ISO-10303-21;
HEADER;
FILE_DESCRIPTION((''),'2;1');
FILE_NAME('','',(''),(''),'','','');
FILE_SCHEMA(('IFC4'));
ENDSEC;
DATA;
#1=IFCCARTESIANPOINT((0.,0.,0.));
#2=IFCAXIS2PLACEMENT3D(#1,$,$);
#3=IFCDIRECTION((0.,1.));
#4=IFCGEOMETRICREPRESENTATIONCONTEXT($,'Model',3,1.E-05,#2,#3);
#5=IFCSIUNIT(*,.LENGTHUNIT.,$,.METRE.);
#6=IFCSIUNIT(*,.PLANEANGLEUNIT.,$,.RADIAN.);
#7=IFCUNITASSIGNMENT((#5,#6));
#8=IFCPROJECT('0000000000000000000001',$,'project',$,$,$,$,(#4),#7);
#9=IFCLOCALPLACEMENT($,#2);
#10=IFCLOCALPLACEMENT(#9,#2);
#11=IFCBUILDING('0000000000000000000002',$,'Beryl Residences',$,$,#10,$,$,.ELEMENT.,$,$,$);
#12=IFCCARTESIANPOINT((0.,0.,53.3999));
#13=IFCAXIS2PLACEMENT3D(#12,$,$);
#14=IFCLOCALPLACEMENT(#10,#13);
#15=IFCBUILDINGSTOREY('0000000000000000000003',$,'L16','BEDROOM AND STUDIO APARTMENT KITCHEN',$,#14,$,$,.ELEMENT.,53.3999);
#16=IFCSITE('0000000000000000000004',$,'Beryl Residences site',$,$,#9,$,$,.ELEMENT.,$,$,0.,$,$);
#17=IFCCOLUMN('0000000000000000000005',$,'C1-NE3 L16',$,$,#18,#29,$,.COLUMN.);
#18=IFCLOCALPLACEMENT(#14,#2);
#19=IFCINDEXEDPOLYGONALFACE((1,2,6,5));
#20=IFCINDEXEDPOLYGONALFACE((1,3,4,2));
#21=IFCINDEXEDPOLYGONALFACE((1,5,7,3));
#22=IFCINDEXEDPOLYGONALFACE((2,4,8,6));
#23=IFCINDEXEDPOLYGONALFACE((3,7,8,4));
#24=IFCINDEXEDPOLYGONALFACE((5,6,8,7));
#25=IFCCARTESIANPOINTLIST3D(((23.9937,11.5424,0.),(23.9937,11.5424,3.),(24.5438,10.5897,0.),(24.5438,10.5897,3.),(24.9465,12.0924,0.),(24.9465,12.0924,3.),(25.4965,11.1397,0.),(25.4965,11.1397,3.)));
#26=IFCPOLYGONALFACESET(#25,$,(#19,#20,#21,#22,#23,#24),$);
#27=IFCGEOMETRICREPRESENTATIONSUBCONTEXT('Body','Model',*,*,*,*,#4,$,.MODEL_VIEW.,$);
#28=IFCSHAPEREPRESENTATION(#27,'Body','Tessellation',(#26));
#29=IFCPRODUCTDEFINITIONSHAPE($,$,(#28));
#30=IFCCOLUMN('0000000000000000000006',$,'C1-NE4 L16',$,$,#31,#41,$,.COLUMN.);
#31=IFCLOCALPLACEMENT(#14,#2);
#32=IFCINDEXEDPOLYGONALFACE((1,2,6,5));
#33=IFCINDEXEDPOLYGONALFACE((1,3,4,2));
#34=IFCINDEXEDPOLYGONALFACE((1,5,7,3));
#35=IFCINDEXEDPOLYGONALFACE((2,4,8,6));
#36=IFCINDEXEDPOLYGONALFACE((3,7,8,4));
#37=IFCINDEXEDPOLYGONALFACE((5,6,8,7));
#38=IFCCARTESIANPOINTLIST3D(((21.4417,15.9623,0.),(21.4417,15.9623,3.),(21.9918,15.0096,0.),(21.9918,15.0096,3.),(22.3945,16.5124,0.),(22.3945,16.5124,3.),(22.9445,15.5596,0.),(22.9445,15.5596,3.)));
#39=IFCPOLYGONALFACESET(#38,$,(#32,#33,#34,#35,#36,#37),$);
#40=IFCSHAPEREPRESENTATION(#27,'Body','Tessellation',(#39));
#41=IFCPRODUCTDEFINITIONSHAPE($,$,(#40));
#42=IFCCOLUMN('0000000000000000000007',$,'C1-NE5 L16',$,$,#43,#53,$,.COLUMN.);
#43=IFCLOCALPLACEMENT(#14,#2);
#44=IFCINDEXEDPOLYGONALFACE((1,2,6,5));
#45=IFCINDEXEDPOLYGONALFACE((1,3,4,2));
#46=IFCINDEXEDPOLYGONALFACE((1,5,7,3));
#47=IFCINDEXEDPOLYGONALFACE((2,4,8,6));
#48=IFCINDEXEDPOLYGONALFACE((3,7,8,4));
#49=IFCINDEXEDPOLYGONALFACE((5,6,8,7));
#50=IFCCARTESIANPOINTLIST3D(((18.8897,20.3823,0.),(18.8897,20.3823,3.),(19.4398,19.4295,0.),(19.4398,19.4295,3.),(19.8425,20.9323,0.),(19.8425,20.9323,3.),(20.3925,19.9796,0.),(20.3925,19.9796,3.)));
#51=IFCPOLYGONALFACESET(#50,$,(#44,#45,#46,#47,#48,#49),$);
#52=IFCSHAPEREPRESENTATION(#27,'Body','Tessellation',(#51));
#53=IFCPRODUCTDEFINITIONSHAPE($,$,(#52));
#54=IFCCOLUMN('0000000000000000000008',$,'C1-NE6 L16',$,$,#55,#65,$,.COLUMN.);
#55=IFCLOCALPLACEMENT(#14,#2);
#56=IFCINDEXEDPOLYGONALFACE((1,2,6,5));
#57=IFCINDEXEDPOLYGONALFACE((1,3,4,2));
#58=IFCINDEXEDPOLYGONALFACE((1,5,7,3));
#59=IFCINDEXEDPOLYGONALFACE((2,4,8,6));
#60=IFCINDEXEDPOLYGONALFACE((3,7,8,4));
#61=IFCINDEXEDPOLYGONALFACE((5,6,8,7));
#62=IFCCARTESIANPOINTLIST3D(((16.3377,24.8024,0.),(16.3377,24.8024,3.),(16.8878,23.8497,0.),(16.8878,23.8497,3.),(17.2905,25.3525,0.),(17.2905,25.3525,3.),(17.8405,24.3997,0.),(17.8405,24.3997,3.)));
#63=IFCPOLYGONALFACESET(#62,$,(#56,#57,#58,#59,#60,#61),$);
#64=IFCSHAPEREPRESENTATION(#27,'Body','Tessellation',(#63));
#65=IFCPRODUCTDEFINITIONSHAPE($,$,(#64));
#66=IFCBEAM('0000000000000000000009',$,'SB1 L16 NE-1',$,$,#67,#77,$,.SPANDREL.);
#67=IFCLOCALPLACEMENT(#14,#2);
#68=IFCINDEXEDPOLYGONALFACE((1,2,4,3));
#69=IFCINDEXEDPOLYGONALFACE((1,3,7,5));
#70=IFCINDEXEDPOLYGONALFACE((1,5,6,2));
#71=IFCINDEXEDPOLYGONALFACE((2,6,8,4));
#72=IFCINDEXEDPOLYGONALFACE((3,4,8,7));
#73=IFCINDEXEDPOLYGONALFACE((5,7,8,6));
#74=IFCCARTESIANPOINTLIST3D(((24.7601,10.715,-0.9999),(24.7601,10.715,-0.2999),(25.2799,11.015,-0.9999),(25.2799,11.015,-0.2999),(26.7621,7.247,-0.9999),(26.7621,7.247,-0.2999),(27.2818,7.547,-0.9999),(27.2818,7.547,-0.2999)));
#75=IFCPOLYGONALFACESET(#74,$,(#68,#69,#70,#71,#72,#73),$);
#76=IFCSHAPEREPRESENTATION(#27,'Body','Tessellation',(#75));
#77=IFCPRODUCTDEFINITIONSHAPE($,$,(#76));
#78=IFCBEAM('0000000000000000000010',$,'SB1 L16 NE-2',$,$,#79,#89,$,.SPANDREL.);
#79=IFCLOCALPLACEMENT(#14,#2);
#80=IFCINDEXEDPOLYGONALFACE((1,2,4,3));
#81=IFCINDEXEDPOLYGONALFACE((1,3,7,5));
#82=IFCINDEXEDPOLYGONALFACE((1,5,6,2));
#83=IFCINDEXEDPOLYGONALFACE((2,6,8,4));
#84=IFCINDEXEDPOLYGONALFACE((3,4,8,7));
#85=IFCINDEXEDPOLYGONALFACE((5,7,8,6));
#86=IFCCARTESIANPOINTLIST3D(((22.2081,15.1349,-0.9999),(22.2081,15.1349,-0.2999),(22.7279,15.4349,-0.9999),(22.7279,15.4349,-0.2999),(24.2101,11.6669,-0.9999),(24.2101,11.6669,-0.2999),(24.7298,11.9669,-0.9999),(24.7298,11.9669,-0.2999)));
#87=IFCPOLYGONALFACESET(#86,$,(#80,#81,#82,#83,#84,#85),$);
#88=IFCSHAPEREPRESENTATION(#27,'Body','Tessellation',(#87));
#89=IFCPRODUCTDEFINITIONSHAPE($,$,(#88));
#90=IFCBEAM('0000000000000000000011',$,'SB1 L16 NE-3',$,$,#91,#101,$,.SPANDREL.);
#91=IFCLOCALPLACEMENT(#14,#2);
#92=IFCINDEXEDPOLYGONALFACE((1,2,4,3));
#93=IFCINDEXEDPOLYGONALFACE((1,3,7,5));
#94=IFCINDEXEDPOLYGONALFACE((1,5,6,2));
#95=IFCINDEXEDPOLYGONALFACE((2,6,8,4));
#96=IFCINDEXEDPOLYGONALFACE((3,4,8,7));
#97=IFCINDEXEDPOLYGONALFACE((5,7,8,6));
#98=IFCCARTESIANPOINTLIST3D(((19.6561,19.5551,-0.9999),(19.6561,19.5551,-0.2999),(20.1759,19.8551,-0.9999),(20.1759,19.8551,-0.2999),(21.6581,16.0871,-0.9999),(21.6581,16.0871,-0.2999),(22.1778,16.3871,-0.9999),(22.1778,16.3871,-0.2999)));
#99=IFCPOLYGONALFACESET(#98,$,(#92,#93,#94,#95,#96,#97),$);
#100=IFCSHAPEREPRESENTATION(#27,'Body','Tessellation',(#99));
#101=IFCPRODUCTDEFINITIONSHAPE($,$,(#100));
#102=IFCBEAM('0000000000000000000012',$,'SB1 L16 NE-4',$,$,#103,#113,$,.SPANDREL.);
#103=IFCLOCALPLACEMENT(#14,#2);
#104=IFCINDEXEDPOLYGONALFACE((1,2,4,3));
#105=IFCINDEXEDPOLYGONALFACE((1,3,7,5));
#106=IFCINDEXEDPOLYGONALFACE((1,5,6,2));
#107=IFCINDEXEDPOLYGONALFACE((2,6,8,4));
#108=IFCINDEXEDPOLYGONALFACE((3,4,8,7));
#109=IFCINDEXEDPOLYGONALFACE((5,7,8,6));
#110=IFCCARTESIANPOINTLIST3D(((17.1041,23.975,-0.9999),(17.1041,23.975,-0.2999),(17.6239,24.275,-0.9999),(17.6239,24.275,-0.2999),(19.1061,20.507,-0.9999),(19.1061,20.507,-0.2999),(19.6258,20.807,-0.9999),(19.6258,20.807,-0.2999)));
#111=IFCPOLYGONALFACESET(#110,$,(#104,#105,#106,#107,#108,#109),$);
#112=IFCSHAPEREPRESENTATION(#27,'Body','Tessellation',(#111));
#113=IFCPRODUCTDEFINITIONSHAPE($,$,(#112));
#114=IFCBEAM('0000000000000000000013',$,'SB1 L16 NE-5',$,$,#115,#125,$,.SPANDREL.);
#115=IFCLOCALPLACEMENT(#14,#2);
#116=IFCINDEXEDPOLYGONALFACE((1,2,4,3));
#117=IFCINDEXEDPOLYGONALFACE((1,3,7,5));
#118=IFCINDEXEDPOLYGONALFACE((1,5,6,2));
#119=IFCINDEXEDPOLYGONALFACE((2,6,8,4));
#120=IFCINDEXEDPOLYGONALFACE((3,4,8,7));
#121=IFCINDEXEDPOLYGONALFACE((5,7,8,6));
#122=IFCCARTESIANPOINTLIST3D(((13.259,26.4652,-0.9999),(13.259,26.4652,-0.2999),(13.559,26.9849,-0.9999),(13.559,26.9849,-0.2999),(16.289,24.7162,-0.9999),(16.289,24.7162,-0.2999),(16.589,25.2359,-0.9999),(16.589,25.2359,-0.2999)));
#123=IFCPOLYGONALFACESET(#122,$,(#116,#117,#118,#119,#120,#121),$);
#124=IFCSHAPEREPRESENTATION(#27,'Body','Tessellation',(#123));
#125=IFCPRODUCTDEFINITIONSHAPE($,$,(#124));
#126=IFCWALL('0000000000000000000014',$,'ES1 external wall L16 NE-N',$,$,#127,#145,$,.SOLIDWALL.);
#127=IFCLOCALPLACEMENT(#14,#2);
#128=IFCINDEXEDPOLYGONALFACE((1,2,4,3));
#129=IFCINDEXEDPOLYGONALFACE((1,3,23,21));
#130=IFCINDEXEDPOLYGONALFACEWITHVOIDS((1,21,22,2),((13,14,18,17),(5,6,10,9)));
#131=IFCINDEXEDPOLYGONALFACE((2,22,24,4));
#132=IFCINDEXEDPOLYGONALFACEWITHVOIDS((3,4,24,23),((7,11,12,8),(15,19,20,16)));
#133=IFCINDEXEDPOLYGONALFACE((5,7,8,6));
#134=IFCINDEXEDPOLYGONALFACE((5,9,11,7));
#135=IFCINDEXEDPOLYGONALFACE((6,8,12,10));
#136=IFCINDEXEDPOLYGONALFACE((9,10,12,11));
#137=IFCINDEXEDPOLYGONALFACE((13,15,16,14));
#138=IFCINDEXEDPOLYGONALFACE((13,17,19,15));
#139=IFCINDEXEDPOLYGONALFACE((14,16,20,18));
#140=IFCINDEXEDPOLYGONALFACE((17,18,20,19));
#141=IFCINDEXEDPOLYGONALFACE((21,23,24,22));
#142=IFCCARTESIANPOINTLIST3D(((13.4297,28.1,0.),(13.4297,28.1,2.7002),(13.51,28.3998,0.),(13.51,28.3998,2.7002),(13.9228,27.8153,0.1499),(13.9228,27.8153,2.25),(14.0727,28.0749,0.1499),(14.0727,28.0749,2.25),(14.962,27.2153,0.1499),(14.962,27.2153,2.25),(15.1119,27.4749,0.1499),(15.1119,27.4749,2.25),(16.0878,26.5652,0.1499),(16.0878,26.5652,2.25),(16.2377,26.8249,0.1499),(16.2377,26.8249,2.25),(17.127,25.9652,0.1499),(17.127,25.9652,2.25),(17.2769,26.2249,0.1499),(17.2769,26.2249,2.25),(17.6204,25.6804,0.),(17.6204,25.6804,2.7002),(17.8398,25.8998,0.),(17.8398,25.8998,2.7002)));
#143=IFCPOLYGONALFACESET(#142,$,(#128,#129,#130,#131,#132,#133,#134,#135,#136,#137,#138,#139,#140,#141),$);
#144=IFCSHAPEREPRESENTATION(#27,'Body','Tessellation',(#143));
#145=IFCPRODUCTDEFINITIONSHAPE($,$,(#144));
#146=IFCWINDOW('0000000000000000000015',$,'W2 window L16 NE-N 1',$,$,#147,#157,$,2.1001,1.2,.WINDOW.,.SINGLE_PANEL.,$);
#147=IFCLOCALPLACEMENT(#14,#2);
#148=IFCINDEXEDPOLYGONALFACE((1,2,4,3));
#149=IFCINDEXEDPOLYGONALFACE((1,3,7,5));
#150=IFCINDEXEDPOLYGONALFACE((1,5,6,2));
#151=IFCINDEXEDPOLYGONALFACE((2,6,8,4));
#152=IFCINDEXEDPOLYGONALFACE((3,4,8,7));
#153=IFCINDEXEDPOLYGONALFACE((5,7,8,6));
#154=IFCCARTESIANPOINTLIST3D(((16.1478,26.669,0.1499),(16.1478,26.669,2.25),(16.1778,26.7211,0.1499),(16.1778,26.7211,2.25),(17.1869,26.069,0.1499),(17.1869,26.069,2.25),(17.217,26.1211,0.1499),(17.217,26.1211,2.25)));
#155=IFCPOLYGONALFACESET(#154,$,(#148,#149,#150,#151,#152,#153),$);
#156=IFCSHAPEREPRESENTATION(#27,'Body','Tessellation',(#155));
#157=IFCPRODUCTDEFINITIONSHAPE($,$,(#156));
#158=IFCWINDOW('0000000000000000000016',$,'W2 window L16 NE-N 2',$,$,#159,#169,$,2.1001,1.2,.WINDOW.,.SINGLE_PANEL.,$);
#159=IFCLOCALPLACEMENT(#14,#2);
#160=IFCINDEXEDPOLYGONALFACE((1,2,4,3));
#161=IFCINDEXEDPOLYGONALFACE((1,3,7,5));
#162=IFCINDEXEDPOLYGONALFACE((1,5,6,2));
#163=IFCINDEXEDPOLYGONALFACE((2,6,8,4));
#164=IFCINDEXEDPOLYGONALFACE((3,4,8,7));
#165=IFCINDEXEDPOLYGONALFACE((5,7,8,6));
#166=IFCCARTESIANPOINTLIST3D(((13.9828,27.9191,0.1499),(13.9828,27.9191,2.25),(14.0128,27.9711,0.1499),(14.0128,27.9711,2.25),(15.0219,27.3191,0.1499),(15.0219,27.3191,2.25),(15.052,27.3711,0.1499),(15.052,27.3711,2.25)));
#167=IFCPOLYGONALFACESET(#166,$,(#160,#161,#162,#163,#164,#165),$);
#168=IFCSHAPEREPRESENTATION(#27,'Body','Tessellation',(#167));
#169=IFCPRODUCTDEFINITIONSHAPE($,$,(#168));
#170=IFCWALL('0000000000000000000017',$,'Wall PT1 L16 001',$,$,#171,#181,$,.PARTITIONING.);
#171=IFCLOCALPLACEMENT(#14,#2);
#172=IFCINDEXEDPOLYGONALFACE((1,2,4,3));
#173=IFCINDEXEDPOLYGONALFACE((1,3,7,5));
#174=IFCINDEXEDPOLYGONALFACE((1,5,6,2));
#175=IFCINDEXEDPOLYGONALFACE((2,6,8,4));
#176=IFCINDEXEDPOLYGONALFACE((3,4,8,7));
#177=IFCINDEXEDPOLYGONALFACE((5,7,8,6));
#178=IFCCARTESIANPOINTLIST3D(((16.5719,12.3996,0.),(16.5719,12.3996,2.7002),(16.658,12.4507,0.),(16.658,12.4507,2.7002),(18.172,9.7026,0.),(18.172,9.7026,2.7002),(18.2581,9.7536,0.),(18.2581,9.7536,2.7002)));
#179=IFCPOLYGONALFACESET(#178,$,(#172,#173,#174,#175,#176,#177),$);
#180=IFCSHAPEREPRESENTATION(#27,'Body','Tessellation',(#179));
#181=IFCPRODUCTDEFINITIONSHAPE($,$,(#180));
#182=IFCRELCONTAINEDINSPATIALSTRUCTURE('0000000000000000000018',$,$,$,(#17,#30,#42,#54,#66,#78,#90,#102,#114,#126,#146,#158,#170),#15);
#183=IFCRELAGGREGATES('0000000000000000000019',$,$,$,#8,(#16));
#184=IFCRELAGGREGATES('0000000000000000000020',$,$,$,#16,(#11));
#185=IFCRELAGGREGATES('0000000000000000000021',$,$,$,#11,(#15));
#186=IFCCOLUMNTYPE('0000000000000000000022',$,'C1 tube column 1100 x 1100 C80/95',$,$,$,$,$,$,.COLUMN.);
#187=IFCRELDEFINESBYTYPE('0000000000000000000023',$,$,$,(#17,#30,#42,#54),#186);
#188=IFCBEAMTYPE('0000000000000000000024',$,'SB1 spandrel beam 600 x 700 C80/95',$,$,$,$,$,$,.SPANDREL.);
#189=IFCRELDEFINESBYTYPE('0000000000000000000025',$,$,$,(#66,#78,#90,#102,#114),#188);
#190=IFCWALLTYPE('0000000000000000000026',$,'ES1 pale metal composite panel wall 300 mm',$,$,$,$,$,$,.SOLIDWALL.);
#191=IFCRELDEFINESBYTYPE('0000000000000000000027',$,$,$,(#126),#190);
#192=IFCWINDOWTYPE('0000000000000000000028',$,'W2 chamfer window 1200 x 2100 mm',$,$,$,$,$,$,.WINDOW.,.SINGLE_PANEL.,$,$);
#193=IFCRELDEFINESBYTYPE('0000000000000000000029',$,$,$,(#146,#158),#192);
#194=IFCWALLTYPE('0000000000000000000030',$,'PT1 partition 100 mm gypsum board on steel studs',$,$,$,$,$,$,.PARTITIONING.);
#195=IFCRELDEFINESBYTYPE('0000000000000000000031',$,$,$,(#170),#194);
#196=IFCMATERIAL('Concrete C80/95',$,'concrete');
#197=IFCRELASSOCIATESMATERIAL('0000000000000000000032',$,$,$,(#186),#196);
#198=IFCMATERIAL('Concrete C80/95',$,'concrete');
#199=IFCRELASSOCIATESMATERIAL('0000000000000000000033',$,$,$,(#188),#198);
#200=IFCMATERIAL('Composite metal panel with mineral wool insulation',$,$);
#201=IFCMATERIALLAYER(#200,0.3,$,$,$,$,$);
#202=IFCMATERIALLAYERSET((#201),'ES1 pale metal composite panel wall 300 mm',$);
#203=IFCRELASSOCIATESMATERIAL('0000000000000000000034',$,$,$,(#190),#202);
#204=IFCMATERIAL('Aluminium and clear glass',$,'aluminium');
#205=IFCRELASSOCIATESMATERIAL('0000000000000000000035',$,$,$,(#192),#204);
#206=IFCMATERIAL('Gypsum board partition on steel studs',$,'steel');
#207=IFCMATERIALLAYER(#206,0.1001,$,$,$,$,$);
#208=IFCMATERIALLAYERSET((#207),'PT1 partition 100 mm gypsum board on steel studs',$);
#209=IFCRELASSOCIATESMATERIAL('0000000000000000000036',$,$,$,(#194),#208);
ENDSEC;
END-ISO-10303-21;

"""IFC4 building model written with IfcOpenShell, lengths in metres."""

from ifc_helpers import new_model, si_unit, direction, frame, frame_2d, origin, origin_2d, place, context, subcontext, project, spatial, polyline, rectangle, outline, extrude, material, layer, layer_set, material_profile, profile_set, type_object, element, fill, save


model = new_model("IFC4")

# Units and contexts
model_context = context("Model", 3, precision=1e-05, world=origin(), true_north=direction((0.0, 1.0)))
body_context = subcontext(model_context, "Body", "Model", "MODEL_VIEW")
ifc_project = project(units=[si_unit("LENGTHUNIT", "METRE"), si_unit("PLANEANGLEUNIT", "RADIAN")], contexts=[model_context])

# Site, building, storey
site_placement = place(None, origin())
site = spatial("IfcSite", under=ifc_project, at=site_placement, Name="Beryl Residences site", CompositionType="ELEMENT", RefElevation=0.0)
building_placement = place(site_placement, origin())
building = spatial("IfcBuilding", under=site, at=building_placement, Name="Beryl Residences", CompositionType="ELEMENT")
storey_placement = place(building_placement, frame((0.0, 0.0, 53.3999)))
storey = spatial("IfcBuildingStorey", under=building, at=storey_placement, Name="L16", Description="BEDROOM AND STUDIO APARTMENT KITCHEN", CompositionType="ELEMENT", Elevation=53.3999)

# Columns
ifc_material_1 = material(Name="Concrete C80/95", Category="concrete")
ifc_material_profile_1 = material_profile(ifc_material_1, rectangle(XDim=1.1001, YDim=1.1001, at=origin_2d()))
ifc_profile_set_1 = profile_set([ifc_material_profile_1], Name="Concrete C80/95")
column_type = type_object("IfcColumnType", Name="C1 tube column 1100 x 1100 C80/95", PredefinedType="COLUMN", material=ifc_profile_set_1)
for number, where, z_axis, x_axis, name in (
    (1, (24.7451, 11.3411, 0.0), (0.0, 0.0, 1.0), (-0.499985, 0.866034, 0.0), "C1-NE3 L16"),
    (2, (22.1931, 15.761, 0.0), (0.0, 0.0, 1.0), (-0.499985, 0.866034, 0.0), "C1-NE4 L16"),
    (3, (19.6411, 20.1809, 0.0), (0.0, 0.0, 1.0), (-0.499985, 0.866034, 0.0), "C1-NE5 L16"),
    (4, (17.0891, 24.6011, 0.0), (0.0, 0.0, 1.0), (-0.499985, 0.866034, 0.0), "C1-NE6 L16"),
):
    element("IfcColumn", number, at=place(storey_placement, frame(where, z_axis=z_axis, x_axis=x_axis)), inside=storey, type_object=column_type, Name=name, PredefinedType="COLUMN", context=body_context, shape_type="SweptSolid", body=[
        extrude(rectangle(XDim=1.1001, YDim=1.1001, at=origin_2d()), origin(), (0.0, 0.0, 1.0), 3.0),
    ])

# Beams
ifc_material_2 = material(Name="Concrete C80/95", Category="concrete")
ifc_material_profile_2 = material_profile(ifc_material_2, rectangle(XDim=0.6001, YDim=0.7, at=origin_2d()))
ifc_profile_set_2 = profile_set([ifc_material_profile_2], Name="Concrete C80/95")
beam_type = type_object("IfcBeamType", Name="SB1 spandrel beam 600 x 700 C80/95", PredefinedType="SPANDREL", material=ifc_profile_set_2)
for number, where, z_axis, x_axis, name in (
    (5, (27.022, 7.397, -0.6499), (-0.499942, 0.866059, 0.0), (-0.866059, -0.499942, 0.0), "SB1 L16 NE-1"),
    (6, (24.47, 11.8169, -0.6499), (-0.499942, 0.866059, 0.0), (-0.866059, -0.499942, 0.0), "SB1 L16 NE-2"),
    (7, (21.918, 16.2371, -0.6499), (-0.499942, 0.866059, 0.0), (-0.866059, -0.499942, 0.0), "SB1 L16 NE-3"),
    (8, (19.366, 20.657, -0.6499), (-0.499942, 0.866059, 0.0), (-0.866059, -0.499942, 0.0), "SB1 L16 NE-4"),
):
    element("IfcBeam", number, at=place(storey_placement, frame(where, z_axis=z_axis, x_axis=x_axis)), inside=storey, type_object=beam_type, Name=name, PredefinedType="SPANDREL", context=body_context, shape_type="SweptSolid", body=[
        extrude(rectangle(XDim=0.6001, YDim=0.7, at=origin_2d()), origin(), (0.0, 0.0, 1.0), 4.0044),
    ])
beam_placement = place(storey_placement, frame((16.439, 24.9761, -0.6499), z_axis=(-0.866071, 0.499922, 0.0), x_axis=(-0.499922, -0.866071, 0.0)))
element("IfcBeam", 9, at=beam_placement, inside=storey, type_object=beam_type, Name="SB1 L16 NE-5", PredefinedType="SPANDREL", context=body_context, shape_type="SweptSolid", body=[
    extrude(rectangle(XDim=0.6001, YDim=0.7, at=origin_2d()), origin(), (0.0, 0.0, 1.0), 3.4985),
])

# Wall, openings, windows
ifc_material_3 = material(Name="Composite metal panel with mineral wool insulation")
ifc_layer_1 = layer(ifc_material_3, 0.3)
ifc_layer_set_1 = layer_set([ifc_layer_1], Name="ES1 pale metal composite panel wall 300 mm")
wall_type_1 = type_object("IfcWallType", Name="ES1 pale metal composite panel wall 300 mm", PredefinedType="SOLIDWALL", material=ifc_layer_set_1)
wall_1_placement = place(storey_placement, frame((17.7649, 25.77, 0.0), z_axis=(0.0, 0.0, 1.0), x_axis=(-0.866011, 0.500025, 0.0)))
wall_1 = element("IfcWall", 10, at=wall_1_placement, inside=storey, type_object=wall_type_1, Name="ES1 external wall L16 NE-N", PredefinedType="SOLIDWALL", context=body_context, shape_type="SweptSolid", body=[
    extrude(outline(polyline([(0.0, -0.1499), (4.9998, -0.1499), (4.9194, 0.1499), (0.0803, 0.1499), (0.0, -0.1499)])), origin(), (0.0, 0.0, 1.0), 2.7002),
])
opening_1_placement = place(wall_1_placement, frame((0.6499, 0.0, 0.1499)))
opening_1 = element("IfcOpeningElement", 11, at=opening_1_placement, cuts=wall_1, PredefinedType="OPENING", context=body_context, shape_type="SweptSolid", body=[
    extrude(rectangle(XDim=1.2, YDim=2.1001, at=frame_2d((0.6001, 1.05))), frame((0.0, 0.1599, 0.0), z_axis=(0.0, -1.0, 0.0), x_axis=(1.0, 0.0, 0.0)), (0.0, 0.0, 1.0), 0.3201),
])
opening_2_placement = place(wall_1_placement, frame((3.1499, 0.0, 0.1499)))
opening_2 = element("IfcOpeningElement", 12, at=opening_2_placement, cuts=wall_1, PredefinedType="OPENING", context=body_context, shape_type="SweptSolid", body=[
    extrude(rectangle(XDim=1.2, YDim=2.1001, at=frame_2d((0.6001, 1.05))), frame((0.0, 0.1599, 0.0), z_axis=(0.0, -1.0, 0.0), x_axis=(1.0, 0.0, 0.0)), (0.0, 0.0, 1.0), 0.3201),
])
ifc_material_4 = material(Name="Aluminium and clear glass", Category="aluminium")
window_type = type_object("IfcWindowType", Name="W2 chamfer window 1200 x 2100 mm", PartitioningType="SINGLE_PANEL", PredefinedType="WINDOW", material=ifc_material_4)
window_1_placement = place(opening_1_placement, origin())
window_1 = element("IfcWindow", 13, at=window_1_placement, inside=storey, type_object=window_type, Name="W2 window L16 NE-N 1", OverallHeight=2.1001, OverallWidth=1.2, PartitioningType="SINGLE_PANEL", PredefinedType="WINDOW", context=body_context, shape_type="SweptSolid", body=[
    extrude(rectangle(XDim=1.2, YDim=2.1001, at=frame_2d((0.6001, 1.05))), frame((0.0, 0.03, 0.0), z_axis=(0.0, -1.0, 0.0), x_axis=(1.0, 0.0, 0.0)), (0.0, 0.0, 1.0), 0.0601),
])
fill(opening_1, window_1)
window_2_placement = place(opening_2_placement, origin())
window_2 = element("IfcWindow", 14, at=window_2_placement, inside=storey, type_object=window_type, Name="W2 window L16 NE-N 2", OverallHeight=2.1001, OverallWidth=1.2, PartitioningType="SINGLE_PANEL", PredefinedType="WINDOW", context=body_context, shape_type="SweptSolid", body=[
    extrude(rectangle(XDim=1.2, YDim=2.1001, at=frame_2d((0.6001, 1.05))), frame((0.0, 0.03, 0.0), z_axis=(0.0, -1.0, 0.0), x_axis=(1.0, 0.0, 0.0)), (0.0, 0.0, 1.0), 0.0601),
])
fill(opening_2, window_2)

# Wall
ifc_material_5 = material(Name="Gypsum board partition on steel studs", Category="steel")
ifc_layer_2 = layer(ifc_material_5, 0.1001)
ifc_layer_set_2 = layer_set([ifc_layer_2], Name="PT1 partition 100 mm gypsum board on steel studs")
wall_type_2 = type_object("IfcWallType", Name="PT1 partition 100 mm gypsum board on steel studs", PredefinedType="PARTITIONING", material=ifc_layer_set_2)
wall_2_placement = place(storey_placement, frame((16.615, 12.425, 0.0), z_axis=(0.0, 0.0, 1.0), x_axis=(0.510242, -0.860031, 0.0)))
element("IfcWall", 15, at=wall_2_placement, inside=storey, type_object=wall_type_2, Name="Wall PT1 L16 001", PredefinedType="PARTITIONING", context=body_context, shape_type="SweptSolid", body=[
    extrude(rectangle(XDim=3.136, YDim=0.1001, at=frame_2d((1.5679, 0.0))), origin(), (0.0, 0.0, 1.0), 2.7002),
])

save(model, "model.ifc")
